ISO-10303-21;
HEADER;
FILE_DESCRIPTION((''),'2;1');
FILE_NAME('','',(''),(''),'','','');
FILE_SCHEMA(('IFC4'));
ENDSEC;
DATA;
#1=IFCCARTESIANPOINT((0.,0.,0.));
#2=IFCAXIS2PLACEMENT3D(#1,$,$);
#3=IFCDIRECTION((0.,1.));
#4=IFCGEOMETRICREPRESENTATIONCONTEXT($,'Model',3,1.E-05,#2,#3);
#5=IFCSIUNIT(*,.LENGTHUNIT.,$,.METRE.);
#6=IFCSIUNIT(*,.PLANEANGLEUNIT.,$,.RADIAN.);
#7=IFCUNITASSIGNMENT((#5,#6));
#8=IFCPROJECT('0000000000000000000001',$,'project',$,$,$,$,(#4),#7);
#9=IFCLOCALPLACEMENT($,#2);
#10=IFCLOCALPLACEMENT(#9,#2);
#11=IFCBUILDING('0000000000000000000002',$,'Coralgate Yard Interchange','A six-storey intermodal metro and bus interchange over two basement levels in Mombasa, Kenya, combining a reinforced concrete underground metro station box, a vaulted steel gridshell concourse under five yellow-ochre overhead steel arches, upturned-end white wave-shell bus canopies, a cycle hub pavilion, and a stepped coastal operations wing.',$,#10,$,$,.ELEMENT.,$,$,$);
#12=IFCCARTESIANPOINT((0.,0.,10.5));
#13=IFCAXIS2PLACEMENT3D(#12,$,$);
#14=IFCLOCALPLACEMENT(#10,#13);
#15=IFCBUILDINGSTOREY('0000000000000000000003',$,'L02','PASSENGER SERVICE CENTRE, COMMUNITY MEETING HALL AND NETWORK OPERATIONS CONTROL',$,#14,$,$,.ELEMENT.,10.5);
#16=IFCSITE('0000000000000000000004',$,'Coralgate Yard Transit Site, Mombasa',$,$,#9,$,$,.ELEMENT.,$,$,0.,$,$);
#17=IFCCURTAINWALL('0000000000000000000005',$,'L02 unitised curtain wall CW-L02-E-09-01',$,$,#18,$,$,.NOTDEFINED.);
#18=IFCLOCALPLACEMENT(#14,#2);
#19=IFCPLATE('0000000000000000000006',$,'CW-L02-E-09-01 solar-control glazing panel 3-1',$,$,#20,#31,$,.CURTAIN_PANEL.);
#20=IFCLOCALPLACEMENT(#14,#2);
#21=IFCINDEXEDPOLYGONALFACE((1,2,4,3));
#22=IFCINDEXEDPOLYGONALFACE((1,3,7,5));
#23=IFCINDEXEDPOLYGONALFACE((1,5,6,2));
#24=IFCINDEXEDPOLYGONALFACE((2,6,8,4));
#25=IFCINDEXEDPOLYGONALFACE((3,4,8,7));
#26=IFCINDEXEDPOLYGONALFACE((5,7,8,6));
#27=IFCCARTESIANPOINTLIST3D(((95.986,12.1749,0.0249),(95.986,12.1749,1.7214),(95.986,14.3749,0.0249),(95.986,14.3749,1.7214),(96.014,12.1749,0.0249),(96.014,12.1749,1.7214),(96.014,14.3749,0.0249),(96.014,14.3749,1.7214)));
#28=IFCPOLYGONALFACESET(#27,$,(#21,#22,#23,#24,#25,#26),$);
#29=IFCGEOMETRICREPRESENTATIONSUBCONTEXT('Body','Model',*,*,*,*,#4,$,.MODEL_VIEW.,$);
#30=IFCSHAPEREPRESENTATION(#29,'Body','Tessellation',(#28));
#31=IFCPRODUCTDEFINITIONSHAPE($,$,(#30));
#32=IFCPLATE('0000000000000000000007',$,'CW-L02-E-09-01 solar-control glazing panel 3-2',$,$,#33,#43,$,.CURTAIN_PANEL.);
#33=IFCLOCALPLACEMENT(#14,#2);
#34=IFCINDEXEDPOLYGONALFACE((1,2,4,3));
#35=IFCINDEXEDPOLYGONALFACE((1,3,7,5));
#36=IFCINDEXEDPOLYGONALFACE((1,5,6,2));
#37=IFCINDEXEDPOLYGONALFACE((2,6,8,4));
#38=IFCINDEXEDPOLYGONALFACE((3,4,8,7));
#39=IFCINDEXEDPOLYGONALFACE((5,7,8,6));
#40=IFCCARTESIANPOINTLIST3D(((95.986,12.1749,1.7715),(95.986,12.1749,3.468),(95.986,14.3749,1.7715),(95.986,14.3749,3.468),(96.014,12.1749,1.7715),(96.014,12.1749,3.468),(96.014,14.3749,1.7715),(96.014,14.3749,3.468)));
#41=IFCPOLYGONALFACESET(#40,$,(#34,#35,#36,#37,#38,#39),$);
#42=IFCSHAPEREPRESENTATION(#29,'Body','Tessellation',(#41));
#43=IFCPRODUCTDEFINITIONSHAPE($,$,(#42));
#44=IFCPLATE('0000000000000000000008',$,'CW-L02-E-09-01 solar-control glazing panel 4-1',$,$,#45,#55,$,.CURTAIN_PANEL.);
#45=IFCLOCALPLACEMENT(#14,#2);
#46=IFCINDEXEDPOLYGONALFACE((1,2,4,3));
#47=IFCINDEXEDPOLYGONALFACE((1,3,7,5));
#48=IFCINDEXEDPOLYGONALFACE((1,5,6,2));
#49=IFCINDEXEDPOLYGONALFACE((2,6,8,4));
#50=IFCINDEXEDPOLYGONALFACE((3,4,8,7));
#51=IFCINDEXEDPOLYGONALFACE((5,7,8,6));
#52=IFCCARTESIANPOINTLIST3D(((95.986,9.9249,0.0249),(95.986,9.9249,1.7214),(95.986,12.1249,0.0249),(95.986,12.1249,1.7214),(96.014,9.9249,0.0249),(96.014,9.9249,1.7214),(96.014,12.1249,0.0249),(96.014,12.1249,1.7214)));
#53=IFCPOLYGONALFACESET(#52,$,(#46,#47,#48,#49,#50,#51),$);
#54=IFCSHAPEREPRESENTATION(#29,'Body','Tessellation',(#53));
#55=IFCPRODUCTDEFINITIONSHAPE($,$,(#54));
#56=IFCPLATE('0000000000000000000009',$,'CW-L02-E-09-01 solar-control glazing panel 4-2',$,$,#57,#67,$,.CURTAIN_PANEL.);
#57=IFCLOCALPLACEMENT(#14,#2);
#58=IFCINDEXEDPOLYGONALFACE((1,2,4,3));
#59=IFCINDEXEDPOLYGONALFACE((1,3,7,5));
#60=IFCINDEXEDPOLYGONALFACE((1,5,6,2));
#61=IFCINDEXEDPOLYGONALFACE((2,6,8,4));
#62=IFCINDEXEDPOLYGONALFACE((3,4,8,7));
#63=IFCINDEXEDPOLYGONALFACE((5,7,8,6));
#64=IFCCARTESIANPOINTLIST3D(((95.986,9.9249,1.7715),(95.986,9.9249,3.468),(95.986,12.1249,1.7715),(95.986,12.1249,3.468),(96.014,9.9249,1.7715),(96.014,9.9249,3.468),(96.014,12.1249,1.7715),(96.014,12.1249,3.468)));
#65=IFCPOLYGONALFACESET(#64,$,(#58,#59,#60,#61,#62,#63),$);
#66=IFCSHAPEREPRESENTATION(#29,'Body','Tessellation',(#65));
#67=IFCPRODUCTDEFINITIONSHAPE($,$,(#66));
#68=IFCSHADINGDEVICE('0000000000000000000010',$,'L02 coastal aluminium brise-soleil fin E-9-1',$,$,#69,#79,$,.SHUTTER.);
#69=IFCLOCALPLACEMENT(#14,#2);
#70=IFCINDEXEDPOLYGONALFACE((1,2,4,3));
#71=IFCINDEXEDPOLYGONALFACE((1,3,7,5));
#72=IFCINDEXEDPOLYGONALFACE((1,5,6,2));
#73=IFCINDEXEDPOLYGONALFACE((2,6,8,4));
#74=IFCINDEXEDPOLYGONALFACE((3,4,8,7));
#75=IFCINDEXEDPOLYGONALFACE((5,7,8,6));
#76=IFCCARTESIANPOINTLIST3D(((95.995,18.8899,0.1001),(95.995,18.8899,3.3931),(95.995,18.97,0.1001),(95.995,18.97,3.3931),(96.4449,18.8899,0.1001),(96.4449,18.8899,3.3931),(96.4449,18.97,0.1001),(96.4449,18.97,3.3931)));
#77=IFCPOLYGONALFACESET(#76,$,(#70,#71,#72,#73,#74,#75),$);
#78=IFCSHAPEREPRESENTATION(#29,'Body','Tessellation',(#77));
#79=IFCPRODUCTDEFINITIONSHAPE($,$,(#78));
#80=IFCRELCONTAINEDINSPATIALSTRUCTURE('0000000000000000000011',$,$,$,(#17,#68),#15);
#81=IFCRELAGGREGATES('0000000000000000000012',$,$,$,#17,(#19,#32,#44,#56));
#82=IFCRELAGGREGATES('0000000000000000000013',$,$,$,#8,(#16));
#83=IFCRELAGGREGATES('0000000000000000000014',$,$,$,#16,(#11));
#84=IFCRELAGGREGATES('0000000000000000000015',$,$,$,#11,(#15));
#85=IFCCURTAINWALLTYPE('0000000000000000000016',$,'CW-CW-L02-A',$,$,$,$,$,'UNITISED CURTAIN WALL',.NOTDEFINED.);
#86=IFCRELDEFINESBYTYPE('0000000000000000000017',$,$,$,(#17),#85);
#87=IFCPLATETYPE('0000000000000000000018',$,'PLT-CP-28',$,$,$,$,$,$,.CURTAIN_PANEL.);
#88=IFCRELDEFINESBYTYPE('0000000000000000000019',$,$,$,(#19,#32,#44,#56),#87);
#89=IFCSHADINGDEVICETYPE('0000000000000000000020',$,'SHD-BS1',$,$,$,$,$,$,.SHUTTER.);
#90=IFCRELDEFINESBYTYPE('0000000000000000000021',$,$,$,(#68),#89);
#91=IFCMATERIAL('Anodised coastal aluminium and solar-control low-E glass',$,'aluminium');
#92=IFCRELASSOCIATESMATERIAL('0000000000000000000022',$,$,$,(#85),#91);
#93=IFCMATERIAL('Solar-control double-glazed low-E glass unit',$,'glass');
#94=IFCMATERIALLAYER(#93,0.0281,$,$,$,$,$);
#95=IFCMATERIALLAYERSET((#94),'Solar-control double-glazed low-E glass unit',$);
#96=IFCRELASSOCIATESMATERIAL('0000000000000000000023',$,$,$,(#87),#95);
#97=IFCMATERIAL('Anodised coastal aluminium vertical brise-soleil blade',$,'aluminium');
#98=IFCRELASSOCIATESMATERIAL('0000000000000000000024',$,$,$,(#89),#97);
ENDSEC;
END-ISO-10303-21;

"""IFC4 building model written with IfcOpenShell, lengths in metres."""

from ifc_helpers import new_model, si_unit, direction, frame, origin, origin_2d, place, context, subcontext, project, spatial, rectangle, extrude, material, layer, layer_set, type_object, element, aggregate, save


model = new_model("IFC4")

# Units and contexts
model_context = context("Model", 3, precision=1e-05, world=origin(), true_north=direction((0.0, 1.0)))
body_context = subcontext(model_context, "Body", "Model", "MODEL_VIEW")
ifc_project = project(units=[si_unit("LENGTHUNIT", "METRE"), si_unit("PLANEANGLEUNIT", "RADIAN")], contexts=[model_context])

# Site, building, storey
site_placement = place(None, origin())
site = spatial("IfcSite", under=ifc_project, at=site_placement, Name="Coralgate Yard Transit Site, Mombasa", CompositionType="ELEMENT", RefElevation=0.0)
building_placement = place(site_placement, origin())
building = spatial("IfcBuilding", under=site, at=building_placement, Name="Coralgate Yard Interchange", Description="A six-storey intermodal metro and bus interchange over two basement levels in Mombasa, Kenya, combining a reinforced concrete underground metro station box, a vaulted steel gridshell concourse under five yellow-ochre overhead steel arches, upturned-end white wave-shell bus canopies, a cycle hub pavilion, and a stepped coastal operations wing.", CompositionType="ELEMENT")
storey_placement = place(building_placement, frame((0.0, 0.0, 10.5)))
storey = spatial("IfcBuildingStorey", under=building, at=storey_placement, Name="L02", Description="PASSENGER SERVICE CENTRE, COMMUNITY MEETING HALL AND NETWORK OPERATIONS CONTROL", CompositionType="ELEMENT", Elevation=10.5)

# Shared definitions
ifc_material_1 = material(Name="Anodised coastal aluminium and solar-control low-E glass", Category="aluminium")
curtain_wall_type = type_object("IfcCurtainWallType", Name="CW-CW-L02-A", ElementType="UNITISED CURTAIN WALL", PredefinedType="NOTDEFINED", material=ifc_material_1)

# Curtain wall
curtain_wall_1_placement = place(storey_placement, origin())
curtain_wall_1 = element("IfcCurtainWall", 1, at=curtain_wall_1_placement, inside=storey, type_object=curtain_wall_type, Name="L02 unitised curtain wall CW-L02-E-09-01", PredefinedType="NOTDEFINED")

# Plates
ifc_material_2 = material(Name="Solar-control double-glazed low-E glass unit", Category="glass")
ifc_layer = layer(ifc_material_2, 0.0281)
ifc_layer_set = layer_set([ifc_layer], Name="Solar-control double-glazed low-E glass unit")
plate_type = type_object("IfcPlateType", Name="PLT-CP-28", PredefinedType="CURTAIN_PANEL", material=ifc_layer_set)
plate_1_placement = place(storey_placement, frame((96.0, 13.2749, 0.0249), z_axis=(0.0, 0.0, 1.0), x_axis=(0.0, -1.0, 0.0)))
plate_1 = element("IfcPlate", 2, at=plate_1_placement, type_object=plate_type, Name="CW-L02-E-09-01 solar-control glazing panel 3-1", PredefinedType="CURTAIN_PANEL", context=body_context, shape_type="SweptSolid", body=[
    extrude(rectangle(XDim=2.2, YDim=0.0281, at=origin_2d()), origin(), (0.0, 0.0, 1.0), 1.6965),
])
plate_2_placement = place(storey_placement, frame((96.0, 13.2749, 1.7715), z_axis=(0.0, 0.0, 1.0), x_axis=(0.0, -1.0, 0.0)))
plate_2 = element("IfcPlate", 3, at=plate_2_placement, type_object=plate_type, Name="CW-L02-E-09-01 solar-control glazing panel 3-2", PredefinedType="CURTAIN_PANEL", context=body_context, shape_type="SweptSolid", body=[
    extrude(rectangle(XDim=2.2, YDim=0.0281, at=origin_2d()), origin(), (0.0, 0.0, 1.0), 1.6965),
])
plate_3_placement = place(storey_placement, frame((96.0, 11.0249, 0.0249), z_axis=(0.0, 0.0, 1.0), x_axis=(0.0, -1.0, 0.0)))
plate_3 = element("IfcPlate", 4, at=plate_3_placement, type_object=plate_type, Name="CW-L02-E-09-01 solar-control glazing panel 4-1", PredefinedType="CURTAIN_PANEL", context=body_context, shape_type="SweptSolid", body=[
    extrude(rectangle(XDim=2.2, YDim=0.0281, at=origin_2d()), origin(), (0.0, 0.0, 1.0), 1.6965),
])
plate_4_placement = place(storey_placement, frame((96.0, 11.0249, 1.7715), z_axis=(0.0, 0.0, 1.0), x_axis=(0.0, -1.0, 0.0)))
plate_4 = element("IfcPlate", 5, at=plate_4_placement, type_object=plate_type, Name="CW-L02-E-09-01 solar-control glazing panel 4-2", PredefinedType="CURTAIN_PANEL", context=body_context, shape_type="SweptSolid", body=[
    extrude(rectangle(XDim=2.2, YDim=0.0281, at=origin_2d()), origin(), (0.0, 0.0, 1.0), 1.6965),
])
aggregate(curtain_wall_1, [plate_1, plate_2, plate_3, plate_4])

# Shading device
ifc_material_3 = material(Name="Anodised coastal aluminium vertical brise-soleil blade", Category="aluminium")
shading_device_type = type_object("IfcShadingDeviceType", Name="SHD-BS1", PredefinedType="SHUTTER", material=ifc_material_3)
shading_device_placement = place(storey_placement, frame((96.22, 18.9299, 0.1001), z_axis=(0.0, 0.0, 1.0), x_axis=(0.0, -1.0, 0.0)))
element("IfcShadingDevice", 6, at=shading_device_placement, inside=storey, type_object=shading_device_type, Name="L02 coastal aluminium brise-soleil fin E-9-1", PredefinedType="SHUTTER", context=body_context, shape_type="SweptSolid", body=[
    extrude(rectangle(XDim=0.0801, YDim=0.45, at=origin_2d()), origin(), (0.0, 0.0, 1.0), 3.293),
])

save(model, "model.ifc")
